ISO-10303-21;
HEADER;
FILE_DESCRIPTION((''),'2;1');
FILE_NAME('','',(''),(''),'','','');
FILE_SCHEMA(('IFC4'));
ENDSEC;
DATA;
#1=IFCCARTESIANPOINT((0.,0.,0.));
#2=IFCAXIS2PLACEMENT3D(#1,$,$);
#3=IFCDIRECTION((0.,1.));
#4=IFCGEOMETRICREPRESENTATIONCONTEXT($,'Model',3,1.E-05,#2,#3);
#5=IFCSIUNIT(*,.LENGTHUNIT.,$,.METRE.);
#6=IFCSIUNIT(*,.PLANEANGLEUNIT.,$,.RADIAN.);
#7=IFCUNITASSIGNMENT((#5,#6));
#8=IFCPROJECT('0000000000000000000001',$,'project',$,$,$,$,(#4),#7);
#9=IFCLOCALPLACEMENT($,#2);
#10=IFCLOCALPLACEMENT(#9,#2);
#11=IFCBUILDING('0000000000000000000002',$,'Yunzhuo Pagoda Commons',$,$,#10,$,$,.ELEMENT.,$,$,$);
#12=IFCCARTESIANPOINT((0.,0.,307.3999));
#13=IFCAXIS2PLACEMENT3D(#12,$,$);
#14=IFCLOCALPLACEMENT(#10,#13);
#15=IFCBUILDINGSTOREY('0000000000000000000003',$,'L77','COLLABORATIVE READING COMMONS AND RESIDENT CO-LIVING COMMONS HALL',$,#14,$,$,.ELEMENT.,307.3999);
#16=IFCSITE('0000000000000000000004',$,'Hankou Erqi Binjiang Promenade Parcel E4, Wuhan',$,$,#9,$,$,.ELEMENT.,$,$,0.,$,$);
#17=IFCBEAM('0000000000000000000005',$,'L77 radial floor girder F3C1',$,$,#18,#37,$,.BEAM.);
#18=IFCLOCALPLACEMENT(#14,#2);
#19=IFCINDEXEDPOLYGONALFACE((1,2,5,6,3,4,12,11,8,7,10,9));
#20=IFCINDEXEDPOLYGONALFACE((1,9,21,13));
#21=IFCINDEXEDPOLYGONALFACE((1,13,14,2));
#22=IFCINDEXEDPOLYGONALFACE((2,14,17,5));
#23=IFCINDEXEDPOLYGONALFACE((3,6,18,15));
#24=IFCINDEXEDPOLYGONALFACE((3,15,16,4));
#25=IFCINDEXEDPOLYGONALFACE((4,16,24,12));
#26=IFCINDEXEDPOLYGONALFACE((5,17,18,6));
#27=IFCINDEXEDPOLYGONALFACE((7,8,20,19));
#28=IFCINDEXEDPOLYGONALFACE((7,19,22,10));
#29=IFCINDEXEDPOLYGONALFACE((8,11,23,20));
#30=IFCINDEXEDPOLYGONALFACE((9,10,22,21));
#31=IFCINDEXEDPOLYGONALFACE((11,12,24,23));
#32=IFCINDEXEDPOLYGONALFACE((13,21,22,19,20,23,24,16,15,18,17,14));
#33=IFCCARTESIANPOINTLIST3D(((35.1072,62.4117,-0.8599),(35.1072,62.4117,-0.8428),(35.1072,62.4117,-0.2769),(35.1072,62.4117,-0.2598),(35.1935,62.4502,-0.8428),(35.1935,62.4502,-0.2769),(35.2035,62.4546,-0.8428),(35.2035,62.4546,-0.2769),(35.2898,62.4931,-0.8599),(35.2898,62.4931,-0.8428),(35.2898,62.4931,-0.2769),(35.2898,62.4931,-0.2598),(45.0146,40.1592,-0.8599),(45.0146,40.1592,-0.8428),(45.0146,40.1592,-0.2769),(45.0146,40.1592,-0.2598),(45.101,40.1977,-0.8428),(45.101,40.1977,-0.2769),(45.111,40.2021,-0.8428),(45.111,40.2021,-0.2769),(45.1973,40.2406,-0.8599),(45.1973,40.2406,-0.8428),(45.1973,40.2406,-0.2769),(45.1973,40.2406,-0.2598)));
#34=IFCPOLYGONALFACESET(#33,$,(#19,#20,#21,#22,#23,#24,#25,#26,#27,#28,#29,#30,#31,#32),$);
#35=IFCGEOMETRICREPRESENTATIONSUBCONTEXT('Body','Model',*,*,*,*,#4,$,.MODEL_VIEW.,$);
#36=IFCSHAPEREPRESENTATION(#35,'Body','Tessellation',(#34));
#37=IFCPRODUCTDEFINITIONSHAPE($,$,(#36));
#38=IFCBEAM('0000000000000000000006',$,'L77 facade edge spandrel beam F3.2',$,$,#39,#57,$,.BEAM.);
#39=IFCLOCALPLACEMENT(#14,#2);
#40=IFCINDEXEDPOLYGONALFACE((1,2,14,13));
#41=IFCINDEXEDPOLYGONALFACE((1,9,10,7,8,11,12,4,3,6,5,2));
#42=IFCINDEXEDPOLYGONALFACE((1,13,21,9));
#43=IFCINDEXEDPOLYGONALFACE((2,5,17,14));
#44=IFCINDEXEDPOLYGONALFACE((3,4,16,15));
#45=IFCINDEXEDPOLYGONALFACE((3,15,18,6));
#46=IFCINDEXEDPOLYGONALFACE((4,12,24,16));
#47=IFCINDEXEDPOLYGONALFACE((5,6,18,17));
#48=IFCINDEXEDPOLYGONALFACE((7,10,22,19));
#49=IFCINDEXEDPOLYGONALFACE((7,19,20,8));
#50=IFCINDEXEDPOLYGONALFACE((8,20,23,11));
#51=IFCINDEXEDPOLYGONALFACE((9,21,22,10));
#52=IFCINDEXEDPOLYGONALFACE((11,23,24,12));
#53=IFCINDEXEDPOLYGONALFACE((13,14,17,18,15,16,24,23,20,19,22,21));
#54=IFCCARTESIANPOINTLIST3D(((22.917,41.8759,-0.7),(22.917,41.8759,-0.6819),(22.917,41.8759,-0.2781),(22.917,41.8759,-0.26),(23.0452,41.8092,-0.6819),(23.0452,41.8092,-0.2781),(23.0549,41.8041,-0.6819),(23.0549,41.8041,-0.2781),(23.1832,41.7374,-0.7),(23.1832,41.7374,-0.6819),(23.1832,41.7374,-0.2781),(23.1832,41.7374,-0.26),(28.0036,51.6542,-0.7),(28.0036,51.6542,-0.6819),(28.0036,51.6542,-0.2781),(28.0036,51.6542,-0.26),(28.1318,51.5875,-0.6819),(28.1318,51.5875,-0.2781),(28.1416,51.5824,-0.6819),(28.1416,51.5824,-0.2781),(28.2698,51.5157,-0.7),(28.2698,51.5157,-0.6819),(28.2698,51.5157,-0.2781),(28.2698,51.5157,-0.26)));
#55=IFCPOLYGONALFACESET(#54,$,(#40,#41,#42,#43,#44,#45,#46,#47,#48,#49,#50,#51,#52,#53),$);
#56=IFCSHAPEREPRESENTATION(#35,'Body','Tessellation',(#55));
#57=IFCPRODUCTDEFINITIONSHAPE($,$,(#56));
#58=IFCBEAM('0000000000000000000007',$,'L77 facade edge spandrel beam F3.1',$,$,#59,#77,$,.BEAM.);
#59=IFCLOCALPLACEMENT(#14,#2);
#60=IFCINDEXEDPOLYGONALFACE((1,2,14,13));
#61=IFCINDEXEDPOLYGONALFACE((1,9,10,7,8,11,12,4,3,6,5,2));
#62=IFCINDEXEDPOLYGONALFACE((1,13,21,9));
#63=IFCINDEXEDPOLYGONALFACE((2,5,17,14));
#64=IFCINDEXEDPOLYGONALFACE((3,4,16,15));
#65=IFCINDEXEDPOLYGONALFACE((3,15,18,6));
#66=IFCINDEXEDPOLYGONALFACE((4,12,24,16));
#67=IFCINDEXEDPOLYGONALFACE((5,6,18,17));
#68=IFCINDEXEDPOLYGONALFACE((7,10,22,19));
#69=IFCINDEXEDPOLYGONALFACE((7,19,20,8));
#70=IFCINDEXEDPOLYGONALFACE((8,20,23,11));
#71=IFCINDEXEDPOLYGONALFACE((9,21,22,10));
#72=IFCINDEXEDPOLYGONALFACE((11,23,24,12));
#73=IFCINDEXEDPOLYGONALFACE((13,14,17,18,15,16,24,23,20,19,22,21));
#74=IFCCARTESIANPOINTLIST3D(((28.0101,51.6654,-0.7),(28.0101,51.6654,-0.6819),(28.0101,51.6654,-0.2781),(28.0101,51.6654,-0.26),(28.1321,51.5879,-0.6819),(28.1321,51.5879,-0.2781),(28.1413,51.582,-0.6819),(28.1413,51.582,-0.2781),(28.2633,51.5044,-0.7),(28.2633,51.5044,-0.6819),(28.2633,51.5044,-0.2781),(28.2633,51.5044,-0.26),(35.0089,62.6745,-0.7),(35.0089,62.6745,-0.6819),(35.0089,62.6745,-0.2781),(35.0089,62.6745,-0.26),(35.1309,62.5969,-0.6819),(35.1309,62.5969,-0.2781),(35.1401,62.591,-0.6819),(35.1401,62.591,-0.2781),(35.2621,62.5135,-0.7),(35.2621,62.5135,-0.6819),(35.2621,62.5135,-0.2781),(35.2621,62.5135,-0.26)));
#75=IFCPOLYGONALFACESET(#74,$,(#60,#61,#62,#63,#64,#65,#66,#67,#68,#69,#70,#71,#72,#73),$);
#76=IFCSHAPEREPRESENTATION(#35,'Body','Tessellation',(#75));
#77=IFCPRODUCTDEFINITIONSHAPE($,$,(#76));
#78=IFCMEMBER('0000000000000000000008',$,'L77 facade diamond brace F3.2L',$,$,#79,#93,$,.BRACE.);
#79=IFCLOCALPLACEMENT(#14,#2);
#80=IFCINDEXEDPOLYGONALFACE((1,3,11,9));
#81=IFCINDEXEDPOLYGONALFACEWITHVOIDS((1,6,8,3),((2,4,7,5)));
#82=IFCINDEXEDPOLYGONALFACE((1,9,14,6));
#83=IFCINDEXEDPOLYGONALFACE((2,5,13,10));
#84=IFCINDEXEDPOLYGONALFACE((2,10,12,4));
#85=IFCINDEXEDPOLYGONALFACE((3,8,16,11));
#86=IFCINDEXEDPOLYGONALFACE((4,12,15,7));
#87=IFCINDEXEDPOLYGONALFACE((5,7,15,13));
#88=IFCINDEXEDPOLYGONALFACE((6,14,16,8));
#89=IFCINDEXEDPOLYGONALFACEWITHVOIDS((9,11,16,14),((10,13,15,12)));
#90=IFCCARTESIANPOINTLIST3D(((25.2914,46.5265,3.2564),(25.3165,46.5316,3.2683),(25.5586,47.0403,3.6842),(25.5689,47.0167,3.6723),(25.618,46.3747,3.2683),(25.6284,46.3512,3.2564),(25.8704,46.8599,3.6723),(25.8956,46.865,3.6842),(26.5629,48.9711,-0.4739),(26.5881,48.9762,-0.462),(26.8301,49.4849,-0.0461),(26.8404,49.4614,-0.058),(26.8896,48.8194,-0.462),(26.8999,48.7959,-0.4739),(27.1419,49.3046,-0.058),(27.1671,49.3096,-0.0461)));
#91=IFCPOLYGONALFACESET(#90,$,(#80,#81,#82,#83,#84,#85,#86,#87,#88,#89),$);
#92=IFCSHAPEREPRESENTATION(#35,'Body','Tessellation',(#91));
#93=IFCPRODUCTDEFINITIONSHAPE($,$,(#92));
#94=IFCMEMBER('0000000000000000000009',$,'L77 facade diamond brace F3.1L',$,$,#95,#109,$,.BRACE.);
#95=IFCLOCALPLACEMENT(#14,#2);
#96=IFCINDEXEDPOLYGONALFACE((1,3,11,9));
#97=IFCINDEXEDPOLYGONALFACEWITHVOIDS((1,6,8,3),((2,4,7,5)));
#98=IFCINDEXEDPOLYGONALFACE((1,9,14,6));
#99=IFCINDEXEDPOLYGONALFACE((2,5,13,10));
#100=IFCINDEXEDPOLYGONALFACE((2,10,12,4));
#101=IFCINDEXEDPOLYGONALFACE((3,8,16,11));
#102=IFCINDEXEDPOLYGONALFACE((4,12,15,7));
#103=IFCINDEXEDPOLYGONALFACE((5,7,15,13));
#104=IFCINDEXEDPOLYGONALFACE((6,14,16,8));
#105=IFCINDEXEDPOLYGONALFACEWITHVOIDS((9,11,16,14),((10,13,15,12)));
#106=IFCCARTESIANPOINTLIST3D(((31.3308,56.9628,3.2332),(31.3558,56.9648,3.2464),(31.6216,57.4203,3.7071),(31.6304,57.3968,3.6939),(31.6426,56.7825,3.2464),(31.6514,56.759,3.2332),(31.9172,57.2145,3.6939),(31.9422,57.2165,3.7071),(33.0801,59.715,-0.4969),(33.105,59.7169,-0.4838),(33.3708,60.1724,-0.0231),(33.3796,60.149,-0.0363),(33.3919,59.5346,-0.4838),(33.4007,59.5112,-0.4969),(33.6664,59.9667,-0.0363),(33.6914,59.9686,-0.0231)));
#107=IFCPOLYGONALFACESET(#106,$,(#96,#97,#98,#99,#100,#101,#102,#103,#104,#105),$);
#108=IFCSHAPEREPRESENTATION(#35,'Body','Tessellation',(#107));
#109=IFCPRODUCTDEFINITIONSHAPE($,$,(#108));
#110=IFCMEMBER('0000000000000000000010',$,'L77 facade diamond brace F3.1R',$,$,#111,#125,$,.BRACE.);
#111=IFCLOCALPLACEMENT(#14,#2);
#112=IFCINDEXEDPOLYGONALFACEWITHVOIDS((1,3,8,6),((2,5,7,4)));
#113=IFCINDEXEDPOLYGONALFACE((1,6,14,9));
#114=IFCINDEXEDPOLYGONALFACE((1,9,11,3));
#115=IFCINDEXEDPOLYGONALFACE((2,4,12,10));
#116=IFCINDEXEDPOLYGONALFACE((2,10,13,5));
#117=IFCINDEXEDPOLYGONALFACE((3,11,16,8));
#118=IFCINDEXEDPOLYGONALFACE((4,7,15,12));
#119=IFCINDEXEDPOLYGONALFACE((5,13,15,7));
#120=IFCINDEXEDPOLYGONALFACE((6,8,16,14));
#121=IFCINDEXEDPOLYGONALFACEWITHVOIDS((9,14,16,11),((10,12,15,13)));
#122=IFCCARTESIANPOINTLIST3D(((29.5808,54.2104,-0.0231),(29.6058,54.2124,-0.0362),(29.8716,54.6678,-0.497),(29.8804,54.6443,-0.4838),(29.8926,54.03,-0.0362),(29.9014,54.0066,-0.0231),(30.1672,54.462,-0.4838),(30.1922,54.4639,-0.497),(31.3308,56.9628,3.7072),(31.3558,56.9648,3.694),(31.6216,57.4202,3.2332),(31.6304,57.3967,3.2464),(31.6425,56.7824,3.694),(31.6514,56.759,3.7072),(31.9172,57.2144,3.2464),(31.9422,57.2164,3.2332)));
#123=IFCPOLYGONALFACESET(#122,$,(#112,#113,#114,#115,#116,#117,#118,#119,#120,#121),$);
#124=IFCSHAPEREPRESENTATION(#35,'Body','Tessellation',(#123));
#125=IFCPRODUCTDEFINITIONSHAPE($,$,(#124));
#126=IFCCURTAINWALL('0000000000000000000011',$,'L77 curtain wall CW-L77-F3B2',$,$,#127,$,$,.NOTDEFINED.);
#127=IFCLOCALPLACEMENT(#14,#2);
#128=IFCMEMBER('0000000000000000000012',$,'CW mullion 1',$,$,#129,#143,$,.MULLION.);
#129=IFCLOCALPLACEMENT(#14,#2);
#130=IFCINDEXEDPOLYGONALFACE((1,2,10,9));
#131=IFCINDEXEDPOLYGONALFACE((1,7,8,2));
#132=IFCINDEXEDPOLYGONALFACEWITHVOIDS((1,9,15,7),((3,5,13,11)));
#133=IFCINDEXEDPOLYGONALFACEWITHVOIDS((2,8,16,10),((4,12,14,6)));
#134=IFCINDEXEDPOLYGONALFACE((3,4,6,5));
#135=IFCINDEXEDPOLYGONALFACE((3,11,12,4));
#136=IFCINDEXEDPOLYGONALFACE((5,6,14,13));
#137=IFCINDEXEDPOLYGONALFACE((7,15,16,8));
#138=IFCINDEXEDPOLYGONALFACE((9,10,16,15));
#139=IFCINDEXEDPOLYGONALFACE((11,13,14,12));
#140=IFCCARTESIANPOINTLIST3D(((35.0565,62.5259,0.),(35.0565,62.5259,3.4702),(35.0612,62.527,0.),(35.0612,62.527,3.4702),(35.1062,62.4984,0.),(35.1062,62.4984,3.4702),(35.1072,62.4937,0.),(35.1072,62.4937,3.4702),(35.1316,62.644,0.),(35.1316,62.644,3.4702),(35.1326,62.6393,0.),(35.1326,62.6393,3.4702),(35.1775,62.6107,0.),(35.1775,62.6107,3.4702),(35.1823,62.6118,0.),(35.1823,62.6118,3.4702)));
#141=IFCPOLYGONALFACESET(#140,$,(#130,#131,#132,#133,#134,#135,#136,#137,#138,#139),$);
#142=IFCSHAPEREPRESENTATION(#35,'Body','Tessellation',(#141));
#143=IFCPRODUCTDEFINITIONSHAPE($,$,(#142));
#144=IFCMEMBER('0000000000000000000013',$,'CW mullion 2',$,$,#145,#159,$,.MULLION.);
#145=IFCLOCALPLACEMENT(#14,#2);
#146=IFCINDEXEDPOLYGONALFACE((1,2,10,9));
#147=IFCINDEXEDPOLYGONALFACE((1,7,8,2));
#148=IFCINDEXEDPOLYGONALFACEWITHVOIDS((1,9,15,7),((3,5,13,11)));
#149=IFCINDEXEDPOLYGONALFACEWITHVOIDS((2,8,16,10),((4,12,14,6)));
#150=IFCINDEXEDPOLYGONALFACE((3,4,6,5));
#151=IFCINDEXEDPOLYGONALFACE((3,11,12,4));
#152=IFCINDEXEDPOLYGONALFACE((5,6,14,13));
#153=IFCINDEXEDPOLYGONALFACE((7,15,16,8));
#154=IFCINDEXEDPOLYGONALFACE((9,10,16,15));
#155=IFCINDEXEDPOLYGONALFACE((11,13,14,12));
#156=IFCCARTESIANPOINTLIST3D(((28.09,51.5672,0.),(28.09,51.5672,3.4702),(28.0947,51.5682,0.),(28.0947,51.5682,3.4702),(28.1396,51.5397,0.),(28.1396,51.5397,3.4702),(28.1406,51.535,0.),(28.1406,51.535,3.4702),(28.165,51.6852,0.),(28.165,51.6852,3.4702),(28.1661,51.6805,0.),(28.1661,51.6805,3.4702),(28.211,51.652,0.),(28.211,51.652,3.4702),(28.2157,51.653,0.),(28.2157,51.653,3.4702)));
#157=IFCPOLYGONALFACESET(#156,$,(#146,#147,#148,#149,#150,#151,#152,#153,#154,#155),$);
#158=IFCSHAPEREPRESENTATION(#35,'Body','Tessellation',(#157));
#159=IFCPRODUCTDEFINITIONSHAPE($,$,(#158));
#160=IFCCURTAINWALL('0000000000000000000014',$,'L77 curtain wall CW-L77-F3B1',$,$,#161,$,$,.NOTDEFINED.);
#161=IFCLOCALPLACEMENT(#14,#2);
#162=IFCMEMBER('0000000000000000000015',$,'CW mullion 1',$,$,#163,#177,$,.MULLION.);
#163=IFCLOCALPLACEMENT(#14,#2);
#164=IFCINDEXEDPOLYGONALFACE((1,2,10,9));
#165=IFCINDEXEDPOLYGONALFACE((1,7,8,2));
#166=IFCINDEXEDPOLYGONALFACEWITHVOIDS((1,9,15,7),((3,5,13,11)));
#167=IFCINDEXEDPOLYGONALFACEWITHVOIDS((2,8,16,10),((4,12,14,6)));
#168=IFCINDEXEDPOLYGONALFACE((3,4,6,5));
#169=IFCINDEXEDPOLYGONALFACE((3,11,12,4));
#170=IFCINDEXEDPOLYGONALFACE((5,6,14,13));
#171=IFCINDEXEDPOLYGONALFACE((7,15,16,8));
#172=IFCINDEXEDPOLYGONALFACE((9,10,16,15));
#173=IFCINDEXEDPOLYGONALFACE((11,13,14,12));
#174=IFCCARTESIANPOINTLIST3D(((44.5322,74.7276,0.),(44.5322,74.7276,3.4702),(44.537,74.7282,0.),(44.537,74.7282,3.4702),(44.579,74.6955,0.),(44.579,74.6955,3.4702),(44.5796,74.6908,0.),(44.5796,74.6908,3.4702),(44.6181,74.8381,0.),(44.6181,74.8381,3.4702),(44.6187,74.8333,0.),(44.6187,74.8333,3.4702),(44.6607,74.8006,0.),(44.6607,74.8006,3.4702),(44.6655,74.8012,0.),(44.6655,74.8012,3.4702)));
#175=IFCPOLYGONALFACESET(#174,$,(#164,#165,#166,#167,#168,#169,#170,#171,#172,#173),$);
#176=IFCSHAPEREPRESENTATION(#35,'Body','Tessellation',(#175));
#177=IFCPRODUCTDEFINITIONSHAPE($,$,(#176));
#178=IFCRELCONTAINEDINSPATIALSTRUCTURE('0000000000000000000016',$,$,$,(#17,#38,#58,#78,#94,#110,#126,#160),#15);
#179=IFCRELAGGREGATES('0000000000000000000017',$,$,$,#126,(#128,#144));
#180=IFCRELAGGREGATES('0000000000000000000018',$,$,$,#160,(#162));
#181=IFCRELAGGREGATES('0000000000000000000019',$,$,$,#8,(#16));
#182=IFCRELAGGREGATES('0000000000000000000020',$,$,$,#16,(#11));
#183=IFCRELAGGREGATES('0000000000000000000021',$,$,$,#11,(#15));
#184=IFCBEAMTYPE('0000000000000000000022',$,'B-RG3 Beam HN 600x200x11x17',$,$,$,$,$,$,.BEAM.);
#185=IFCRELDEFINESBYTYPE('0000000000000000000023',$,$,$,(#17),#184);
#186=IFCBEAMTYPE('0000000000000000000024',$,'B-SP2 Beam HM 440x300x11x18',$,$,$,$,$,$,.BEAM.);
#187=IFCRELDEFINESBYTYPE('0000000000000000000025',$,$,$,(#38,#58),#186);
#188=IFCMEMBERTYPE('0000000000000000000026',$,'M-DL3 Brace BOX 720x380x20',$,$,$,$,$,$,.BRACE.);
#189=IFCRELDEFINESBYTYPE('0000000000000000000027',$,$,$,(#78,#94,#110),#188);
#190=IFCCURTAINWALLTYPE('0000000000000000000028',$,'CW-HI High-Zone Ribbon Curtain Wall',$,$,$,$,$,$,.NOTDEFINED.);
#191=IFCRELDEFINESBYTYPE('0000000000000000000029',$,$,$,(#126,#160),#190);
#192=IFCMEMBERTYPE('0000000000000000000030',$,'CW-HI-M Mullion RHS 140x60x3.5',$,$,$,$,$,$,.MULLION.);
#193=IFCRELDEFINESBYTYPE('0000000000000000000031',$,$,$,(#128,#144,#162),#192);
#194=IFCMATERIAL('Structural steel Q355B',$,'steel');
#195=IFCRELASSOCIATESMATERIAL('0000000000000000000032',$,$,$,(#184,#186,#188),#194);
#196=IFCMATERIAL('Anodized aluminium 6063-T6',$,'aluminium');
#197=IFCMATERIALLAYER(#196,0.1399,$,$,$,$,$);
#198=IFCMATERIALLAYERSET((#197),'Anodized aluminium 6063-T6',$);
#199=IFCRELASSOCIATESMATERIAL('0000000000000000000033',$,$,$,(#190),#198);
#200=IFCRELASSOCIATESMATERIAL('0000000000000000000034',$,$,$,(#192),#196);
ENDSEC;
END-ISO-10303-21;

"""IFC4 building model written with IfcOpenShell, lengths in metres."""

from ifc_helpers import new_model, si_unit, direction, frame, origin, origin_2d, place, context, subcontext, project, spatial, hollow_rectangle, i_section, extrude, source, transform, mapped, material, layer, layer_set, material_profile, profile_set, type_object, element, aggregate, save


model = new_model("IFC4")

# Units and contexts
model_context = context("Model", 3, precision=1e-05, world=origin(), true_north=direction((0.0, 1.0)))
body_context = subcontext(model_context, "Body", "Model", "MODEL_VIEW")
ifc_project = project(units=[si_unit("LENGTHUNIT", "METRE"), si_unit("PLANEANGLEUNIT", "RADIAN")], contexts=[model_context])

# Site, building, storey
site_placement = place(None, origin())
site = spatial("IfcSite", under=ifc_project, at=site_placement, Name="Hankou Erqi Binjiang Promenade Parcel E4, Wuhan", CompositionType="ELEMENT", RefElevation=0.0)
building_placement = place(site_placement, origin())
building = spatial("IfcBuilding", under=site, at=building_placement, Name="Yunzhuo Pagoda Commons", CompositionType="ELEMENT")
storey_placement = place(building_placement, frame((0.0, 0.0, 307.3999)))
storey = spatial("IfcBuildingStorey", under=building, at=storey_placement, Name="L77", Description="COLLABORATIVE READING COMMONS AND RESIDENT CO-LIVING COMMONS HALL", CompositionType="ELEMENT", Elevation=307.3999)

# Shared definitions
ifc_material_1 = material(Name="Structural steel Q355B", Category="steel")

# Beams
ifc_material_profile_1 = material_profile(ifc_material_1, i_section(OverallWidth=0.2, OverallDepth=0.6001, WebThickness=0.011, FlangeThickness=0.0171, at=origin_2d()), Name="Structural steel Q355B")
ifc_profile_set_1 = profile_set([ifc_material_profile_1], Name="Structural steel Q355B")
beam_type_1 = type_object("IfcBeamType", Name="B-RG3 Beam HN 600x200x11x17", PredefinedType="BEAM", material=ifc_profile_set_1)
shared_shape_1 = source(origin(), body_context, "Body", "SweptSolid", [
    extrude(i_section(OverallWidth=0.2, OverallDepth=0.6001, WebThickness=0.011, FlangeThickness=0.0171, at=origin_2d()), origin(), (0.0, 0.0, 1.0), 24.3584),
])
beam_1_placement = place(storey_placement, frame((35.1985, 62.4524, -0.5598), z_axis=(0.406738, -0.913545, 0.0), x_axis=(0.913545, 0.406738, 0.0)))
element("IfcBeam", 1, at=beam_1_placement, inside=storey, type_object=beam_type_1, Name="L77 radial floor girder F3C1", PredefinedType="BEAM", context=body_context, shape_type="MappedRepresentation", body=[
    mapped(shared_shape_1, transform((0.0, 0.0, 0.0), scale=1.0)),
])
ifc_material_profile_2 = material_profile(ifc_material_1, i_section(OverallWidth=0.3, OverallDepth=0.4399, WebThickness=0.011, FlangeThickness=0.0181, at=origin_2d()), Name="Structural steel Q355B")
ifc_profile_set_2 = profile_set([ifc_material_profile_2], Name="Structural steel Q355B")
beam_type_2 = type_object("IfcBeamType", Name="B-SP2 Beam HM 440x300x11x18", PredefinedType="BEAM", material=ifc_profile_set_2)
shared_shape_2 = source(origin(), body_context, "Body", "SweptSolid", [
    extrude(i_section(OverallWidth=0.3, OverallDepth=0.4399, WebThickness=0.011, FlangeThickness=0.0181, at=origin_2d()), origin(), (0.0, 0.0, 1.0), 11.0222),
])
beam_2_placement = place(storey_placement, frame((28.1367, 51.585, -0.48), z_axis=(-0.461492, -0.887145, 0.0), x_axis=(0.887145, -0.461492, 0.0)))
element("IfcBeam", 2, at=beam_2_placement, inside=storey, type_object=beam_type_2, Name="L77 facade edge spandrel beam F3.2", PredefinedType="BEAM", context=body_context, shape_type="MappedRepresentation", body=[
    mapped(shared_shape_2, transform((0.0, 0.0, 0.0), scale=1.0)),
])
shared_shape_3 = source(origin(), body_context, "Body", "SweptSolid", [
    extrude(i_section(OverallWidth=0.3, OverallDepth=0.4399, WebThickness=0.011, FlangeThickness=0.0181, at=origin_2d()), origin(), (0.0, 0.0, 1.0), 13.0454),
])
beam_3_placement = place(storey_placement, frame((35.1355, 62.594, -0.48), z_axis=(-0.536495, -0.843903, 0.0), x_axis=(0.843903, -0.536495, 0.0)))
element("IfcBeam", 3, at=beam_3_placement, inside=storey, type_object=beam_type_2, Name="L77 facade edge spandrel beam F3.1", PredefinedType="BEAM", context=body_context, shape_type="MappedRepresentation", body=[
    mapped(shared_shape_3, transform((0.0, 0.0, 0.0), scale=1.0)),
])

# Members
ifc_material_profile_3 = material_profile(ifc_material_1, hollow_rectangle(XDim=0.3799, YDim=0.72, WallThickness=0.02, at=origin_2d()), Name="Structural steel Q355B")
ifc_profile_set_3 = profile_set([ifc_material_profile_3], Name="Structural steel Q355B")
member_type_1 = type_object("IfcMemberType", Name="M-DL3 Brace BOX 720x380x20", PredefinedType="BRACE", material=ifc_profile_set_3)
shared_shape_4 = source(origin(), body_context, "Body", "SweptSolid", [
    extrude(hollow_rectangle(XDim=0.3799, YDim=0.72, WallThickness=0.02, at=origin_2d()), origin(), (0.0, 0.0, 1.0), 4.6377),
])
member_1_placement = place(storey_placement, frame((26.865, 49.1404, -0.26), z_axis=(-0.274169, -0.527123, 0.804346), x_axis=(0.887172, -0.461439, 0.0)))
element("IfcMember", 4, at=member_1_placement, inside=storey, type_object=member_type_1, Name="L77 facade diamond brace F3.2L", PredefinedType="BRACE", context=body_context, shape_type="MappedRepresentation", body=[
    mapped(shared_shape_4, transform((0.0, 0.0, 0.0), scale=1.0)),
])
shared_shape_5 = source(origin(), body_context, "Body", "SweptSolid", [
    extrude(hollow_rectangle(XDim=0.3799, YDim=0.72, WallThickness=0.02, at=origin_2d()), origin(), (0.0, 0.0, 1.0), 4.9546),
])
member_2_placement = place(storey_placement, frame((33.3857, 59.8418, -0.26), z_axis=(-0.353052, -0.555471, 0.752865), x_axis=(0.843957, -0.53641, 0.0)))
element("IfcMember", 5, at=member_2_placement, inside=storey, type_object=member_type_1, Name="L77 facade diamond brace F3.1L", PredefinedType="BRACE", context=body_context, shape_type="MappedRepresentation", body=[
    mapped(shared_shape_5, transform((0.0, 0.0, 0.0), scale=1.0)),
])
shared_shape_6 = source(origin(), body_context, "Body", "SweptSolid", [
    extrude(hollow_rectangle(XDim=0.3799, YDim=0.72, WallThickness=0.02, at=origin_2d()), origin(), (0.0, 0.0, 1.0), 4.9551),
])
member_3_placement = place(storey_placement, frame((29.8865, 54.3372, -0.26), z_axis=(0.353172, 0.555477, 0.752805), x_axis=(-0.843877, 0.536536, 0.0)))
element("IfcMember", 6, at=member_3_placement, inside=storey, type_object=member_type_1, Name="L77 facade diamond brace F3.1R", PredefinedType="BRACE", context=body_context, shape_type="MappedRepresentation", body=[
    mapped(shared_shape_6, transform((0.0, 0.0, 0.0), scale=1.0)),
])

# Curtain walls, members
ifc_material_2 = material(Name="Anodized aluminium 6063-T6", Category="aluminium")
ifc_layer_1 = layer(ifc_material_2, 0.1399)
ifc_layer_set_1 = layer_set([ifc_layer_1], Name="Anodized aluminium 6063-T6")
curtain_wall_type = type_object("IfcCurtainWallType", Name="CW-HI High-Zone Ribbon Curtain Wall", PredefinedType="NOTDEFINED", material=ifc_layer_set_1)
curtain_wall_1_placement = place(storey_placement, origin())
curtain_wall_1 = element("IfcCurtainWall", 7, at=curtain_wall_1_placement, inside=storey, type_object=curtain_wall_type, Name="L77 curtain wall CW-L77-F3B2", PredefinedType="NOTDEFINED")
ifc_material_profile_4 = material_profile(ifc_material_2, hollow_rectangle(XDim=0.0601, YDim=0.1399, WallThickness=0.0034, at=origin_2d()), Name="Anodized aluminium 6063-T6")
ifc_profile_set_4 = profile_set([ifc_material_profile_4], Name="Anodized aluminium 6063-T6")
member_type_2 = type_object("IfcMemberType", Name="CW-HI-M Mullion RHS 140x60x3.5", PredefinedType="MULLION", material=ifc_profile_set_4)
shared_shape_7 = source(origin(), body_context, "Body", "SweptSolid", [
    extrude(hollow_rectangle(XDim=0.0601, YDim=0.1399, WallThickness=0.0034, at=origin_2d()), origin(), (0.0, 0.0, 1.0), 3.4702),
])
member_4_placement = place(storey_placement, frame((35.1194, 62.5688, 0.0), z_axis=(0.0, 0.0, 1.0), x_axis=(0.84391, -0.536485, 0.0)))
member_4 = element("IfcMember", 8, at=member_4_placement, type_object=member_type_2, Name="CW mullion 1", PredefinedType="MULLION", context=body_context, shape_type="MappedRepresentation", body=[
    mapped(shared_shape_7, transform((0.0, 0.0, 0.0), scale=1.0)),
])
member_5_placement = place(storey_placement, frame((28.1528, 51.6101, 0.0), z_axis=(0.0, 0.0, 1.0), x_axis=(0.84391, -0.536485, 0.0)))
member_5 = element("IfcMember", 9, at=member_5_placement, type_object=member_type_2, Name="CW mullion 2", PredefinedType="MULLION", context=body_context, shape_type="MappedRepresentation", body=[
    mapped(shared_shape_7, transform((0.0, 0.0, 0.0), scale=1.0)),
])
curtain_wall_2_placement = place(storey_placement, origin())
curtain_wall_2 = element("IfcCurtainWall", 10, at=curtain_wall_2_placement, inside=storey, type_object=curtain_wall_type, Name="L77 curtain wall CW-L77-F3B1", PredefinedType="NOTDEFINED")
member_6_placement = place(storey_placement, frame((44.5989, 74.7644, 0.0), z_axis=(0.0, 0.0, 1.0), x_axis=(0.78943, -0.61384, 0.0)))
member_6 = element("IfcMember", 11, at=member_6_placement, type_object=member_type_2, Name="CW mullion 1", PredefinedType="MULLION", context=body_context, shape_type="MappedRepresentation", body=[
    mapped(shared_shape_7, transform((0.0, 0.0, 0.0), scale=1.0)),
])

aggregate(curtain_wall_1, [member_4, member_5])

aggregate(curtain_wall_2, [member_6])

save(model, "model.ifc")
